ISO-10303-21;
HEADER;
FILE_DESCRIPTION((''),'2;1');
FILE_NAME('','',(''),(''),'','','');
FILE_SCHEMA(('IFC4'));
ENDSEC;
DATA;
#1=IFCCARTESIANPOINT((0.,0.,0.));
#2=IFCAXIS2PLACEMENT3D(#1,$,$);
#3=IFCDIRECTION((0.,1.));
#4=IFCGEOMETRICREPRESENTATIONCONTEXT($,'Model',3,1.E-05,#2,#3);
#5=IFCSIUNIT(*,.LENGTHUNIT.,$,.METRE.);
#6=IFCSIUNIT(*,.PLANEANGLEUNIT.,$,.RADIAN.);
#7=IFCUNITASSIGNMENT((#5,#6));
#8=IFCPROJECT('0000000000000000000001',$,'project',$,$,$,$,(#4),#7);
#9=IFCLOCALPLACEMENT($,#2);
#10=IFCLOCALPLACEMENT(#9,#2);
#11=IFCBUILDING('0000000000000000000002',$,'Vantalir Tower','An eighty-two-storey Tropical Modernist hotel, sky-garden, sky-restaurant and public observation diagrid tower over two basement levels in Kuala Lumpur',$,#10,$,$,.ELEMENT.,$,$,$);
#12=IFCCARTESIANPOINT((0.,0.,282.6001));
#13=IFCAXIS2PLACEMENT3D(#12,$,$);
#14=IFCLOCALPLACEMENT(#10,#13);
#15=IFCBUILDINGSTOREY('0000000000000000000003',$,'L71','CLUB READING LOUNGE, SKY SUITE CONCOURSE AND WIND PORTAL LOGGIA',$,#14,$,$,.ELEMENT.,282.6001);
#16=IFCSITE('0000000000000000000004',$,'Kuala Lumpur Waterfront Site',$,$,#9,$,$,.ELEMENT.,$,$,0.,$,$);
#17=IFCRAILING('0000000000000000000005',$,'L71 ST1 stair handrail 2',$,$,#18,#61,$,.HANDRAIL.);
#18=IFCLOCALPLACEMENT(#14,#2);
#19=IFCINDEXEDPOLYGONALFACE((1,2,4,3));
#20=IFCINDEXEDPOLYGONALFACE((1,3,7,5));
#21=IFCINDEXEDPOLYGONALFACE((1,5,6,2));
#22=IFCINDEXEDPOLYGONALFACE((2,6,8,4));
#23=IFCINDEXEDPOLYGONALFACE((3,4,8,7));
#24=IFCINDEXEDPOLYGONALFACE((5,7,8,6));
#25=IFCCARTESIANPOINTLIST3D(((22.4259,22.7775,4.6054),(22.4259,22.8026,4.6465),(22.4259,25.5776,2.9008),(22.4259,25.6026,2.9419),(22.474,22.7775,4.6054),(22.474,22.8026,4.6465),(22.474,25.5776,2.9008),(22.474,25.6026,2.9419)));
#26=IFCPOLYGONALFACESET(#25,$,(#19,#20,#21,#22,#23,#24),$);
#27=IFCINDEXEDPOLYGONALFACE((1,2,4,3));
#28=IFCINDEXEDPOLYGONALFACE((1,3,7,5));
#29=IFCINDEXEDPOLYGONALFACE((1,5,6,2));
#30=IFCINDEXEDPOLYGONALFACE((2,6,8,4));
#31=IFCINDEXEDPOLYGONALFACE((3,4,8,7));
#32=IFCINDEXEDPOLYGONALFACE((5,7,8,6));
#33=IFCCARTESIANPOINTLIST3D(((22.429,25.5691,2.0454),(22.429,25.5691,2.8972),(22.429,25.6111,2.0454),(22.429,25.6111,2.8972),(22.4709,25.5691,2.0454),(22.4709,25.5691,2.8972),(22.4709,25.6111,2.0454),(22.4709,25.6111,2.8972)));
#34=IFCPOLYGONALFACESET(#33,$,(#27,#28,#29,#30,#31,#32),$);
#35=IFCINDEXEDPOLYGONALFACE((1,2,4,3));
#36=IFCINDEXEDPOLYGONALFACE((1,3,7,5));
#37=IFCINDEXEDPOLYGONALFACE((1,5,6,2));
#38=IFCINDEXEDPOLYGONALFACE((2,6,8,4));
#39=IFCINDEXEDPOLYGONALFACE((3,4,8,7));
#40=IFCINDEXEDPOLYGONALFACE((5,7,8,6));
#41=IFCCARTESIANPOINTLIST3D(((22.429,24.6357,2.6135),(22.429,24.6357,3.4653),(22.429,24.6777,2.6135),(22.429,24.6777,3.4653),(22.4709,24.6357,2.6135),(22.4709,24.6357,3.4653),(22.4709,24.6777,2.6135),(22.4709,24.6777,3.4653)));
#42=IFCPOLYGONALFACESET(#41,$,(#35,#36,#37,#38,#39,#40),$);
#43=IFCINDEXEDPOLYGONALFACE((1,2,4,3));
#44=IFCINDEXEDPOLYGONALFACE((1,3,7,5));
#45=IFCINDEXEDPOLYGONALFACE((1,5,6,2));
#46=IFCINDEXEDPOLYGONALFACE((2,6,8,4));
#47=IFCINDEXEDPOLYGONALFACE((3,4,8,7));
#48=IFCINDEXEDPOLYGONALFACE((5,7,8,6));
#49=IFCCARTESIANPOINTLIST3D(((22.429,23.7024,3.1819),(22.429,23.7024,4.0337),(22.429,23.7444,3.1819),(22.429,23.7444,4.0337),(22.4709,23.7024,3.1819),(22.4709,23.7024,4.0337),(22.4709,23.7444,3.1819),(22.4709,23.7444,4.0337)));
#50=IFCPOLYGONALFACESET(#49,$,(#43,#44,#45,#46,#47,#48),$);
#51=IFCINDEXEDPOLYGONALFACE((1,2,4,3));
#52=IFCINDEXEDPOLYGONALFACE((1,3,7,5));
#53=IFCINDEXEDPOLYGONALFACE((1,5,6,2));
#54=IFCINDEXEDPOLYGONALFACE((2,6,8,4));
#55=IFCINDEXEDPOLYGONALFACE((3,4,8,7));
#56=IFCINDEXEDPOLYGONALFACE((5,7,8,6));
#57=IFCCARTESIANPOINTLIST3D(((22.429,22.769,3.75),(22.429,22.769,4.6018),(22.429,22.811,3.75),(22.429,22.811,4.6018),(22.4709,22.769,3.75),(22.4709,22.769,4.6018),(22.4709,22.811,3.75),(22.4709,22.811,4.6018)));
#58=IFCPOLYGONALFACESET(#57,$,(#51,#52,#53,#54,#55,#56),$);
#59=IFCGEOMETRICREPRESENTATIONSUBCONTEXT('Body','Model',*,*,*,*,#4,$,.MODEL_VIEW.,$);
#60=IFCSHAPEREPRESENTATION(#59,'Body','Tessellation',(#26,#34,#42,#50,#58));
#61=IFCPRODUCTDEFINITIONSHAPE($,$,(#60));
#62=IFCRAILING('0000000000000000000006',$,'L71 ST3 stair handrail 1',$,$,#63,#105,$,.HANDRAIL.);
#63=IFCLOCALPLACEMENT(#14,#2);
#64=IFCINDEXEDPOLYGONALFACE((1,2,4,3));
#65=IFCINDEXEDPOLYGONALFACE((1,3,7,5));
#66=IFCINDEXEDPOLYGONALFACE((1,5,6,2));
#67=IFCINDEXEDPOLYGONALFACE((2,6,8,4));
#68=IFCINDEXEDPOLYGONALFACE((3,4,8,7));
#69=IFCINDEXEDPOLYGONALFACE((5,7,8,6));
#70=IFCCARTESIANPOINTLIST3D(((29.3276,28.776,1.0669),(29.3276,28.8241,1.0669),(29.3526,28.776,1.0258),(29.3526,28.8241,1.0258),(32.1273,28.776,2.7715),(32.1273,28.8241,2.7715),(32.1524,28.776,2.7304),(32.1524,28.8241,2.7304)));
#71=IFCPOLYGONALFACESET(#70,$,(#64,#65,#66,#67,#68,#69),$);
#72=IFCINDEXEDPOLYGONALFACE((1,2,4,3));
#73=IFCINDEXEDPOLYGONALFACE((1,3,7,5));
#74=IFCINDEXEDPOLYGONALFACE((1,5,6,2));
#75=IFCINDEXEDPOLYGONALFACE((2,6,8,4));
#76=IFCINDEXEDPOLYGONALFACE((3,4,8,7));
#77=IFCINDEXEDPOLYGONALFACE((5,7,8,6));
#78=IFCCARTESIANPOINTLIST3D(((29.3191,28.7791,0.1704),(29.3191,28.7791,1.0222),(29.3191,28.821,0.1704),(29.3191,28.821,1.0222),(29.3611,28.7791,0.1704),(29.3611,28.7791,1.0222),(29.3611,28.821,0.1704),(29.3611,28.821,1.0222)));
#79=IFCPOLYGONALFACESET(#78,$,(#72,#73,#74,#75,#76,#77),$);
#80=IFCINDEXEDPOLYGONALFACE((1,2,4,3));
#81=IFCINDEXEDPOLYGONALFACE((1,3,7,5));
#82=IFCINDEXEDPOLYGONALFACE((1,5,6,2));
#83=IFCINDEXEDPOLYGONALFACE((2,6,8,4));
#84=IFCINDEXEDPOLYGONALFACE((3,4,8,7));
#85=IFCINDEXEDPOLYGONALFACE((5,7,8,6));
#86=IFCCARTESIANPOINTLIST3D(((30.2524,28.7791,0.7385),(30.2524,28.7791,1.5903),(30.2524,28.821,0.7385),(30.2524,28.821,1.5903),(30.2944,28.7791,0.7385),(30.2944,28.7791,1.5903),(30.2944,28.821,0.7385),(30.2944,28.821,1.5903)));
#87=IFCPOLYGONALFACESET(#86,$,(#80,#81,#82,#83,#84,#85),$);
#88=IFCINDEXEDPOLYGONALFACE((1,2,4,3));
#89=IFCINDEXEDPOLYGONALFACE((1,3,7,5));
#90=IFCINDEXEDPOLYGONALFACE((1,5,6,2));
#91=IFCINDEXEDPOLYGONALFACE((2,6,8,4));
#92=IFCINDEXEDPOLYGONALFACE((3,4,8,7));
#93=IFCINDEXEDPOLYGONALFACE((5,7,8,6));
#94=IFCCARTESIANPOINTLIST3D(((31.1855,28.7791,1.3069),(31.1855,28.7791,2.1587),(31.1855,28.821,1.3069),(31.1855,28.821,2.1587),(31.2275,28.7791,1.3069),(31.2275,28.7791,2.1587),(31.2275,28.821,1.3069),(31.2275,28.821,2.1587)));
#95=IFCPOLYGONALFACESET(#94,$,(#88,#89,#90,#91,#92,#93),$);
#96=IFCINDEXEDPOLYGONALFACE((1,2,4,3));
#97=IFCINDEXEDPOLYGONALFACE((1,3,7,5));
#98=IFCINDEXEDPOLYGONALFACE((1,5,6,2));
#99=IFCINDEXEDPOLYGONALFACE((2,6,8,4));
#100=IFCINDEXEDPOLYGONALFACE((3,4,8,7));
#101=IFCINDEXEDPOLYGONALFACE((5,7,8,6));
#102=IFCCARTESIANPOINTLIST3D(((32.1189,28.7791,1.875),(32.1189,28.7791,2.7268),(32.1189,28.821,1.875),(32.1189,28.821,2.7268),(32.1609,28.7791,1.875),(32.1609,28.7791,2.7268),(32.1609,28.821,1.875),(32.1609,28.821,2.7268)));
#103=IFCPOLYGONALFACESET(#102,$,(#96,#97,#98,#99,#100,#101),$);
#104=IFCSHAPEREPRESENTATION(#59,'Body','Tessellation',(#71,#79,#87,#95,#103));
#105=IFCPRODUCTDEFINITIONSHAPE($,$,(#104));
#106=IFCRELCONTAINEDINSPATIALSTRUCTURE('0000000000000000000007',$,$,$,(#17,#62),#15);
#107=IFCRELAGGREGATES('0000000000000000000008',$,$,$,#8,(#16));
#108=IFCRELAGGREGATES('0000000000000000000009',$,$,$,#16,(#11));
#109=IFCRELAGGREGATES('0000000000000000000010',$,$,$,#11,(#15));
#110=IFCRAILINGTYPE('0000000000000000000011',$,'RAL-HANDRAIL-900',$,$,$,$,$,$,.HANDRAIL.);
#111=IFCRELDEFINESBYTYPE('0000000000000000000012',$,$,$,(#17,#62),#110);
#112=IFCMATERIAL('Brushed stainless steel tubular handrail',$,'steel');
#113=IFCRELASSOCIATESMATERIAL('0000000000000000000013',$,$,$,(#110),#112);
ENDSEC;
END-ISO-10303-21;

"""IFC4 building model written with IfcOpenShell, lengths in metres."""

from ifc_helpers import new_model, si_unit, direction, frame, origin, origin_2d, place, context, subcontext, project, spatial, rectangle, extrude, material, type_object, element, save


model = new_model("IFC4")

# Units and contexts
model_context = context("Model", 3, precision=1e-05, world=origin(), true_north=direction((0.0, 1.0)))
body_context = subcontext(model_context, "Body", "Model", "MODEL_VIEW")
ifc_project = project(units=[si_unit("LENGTHUNIT", "METRE"), si_unit("PLANEANGLEUNIT", "RADIAN")], contexts=[model_context])

# Site, building, storey
site_placement = place(None, origin())
site = spatial("IfcSite", under=ifc_project, at=site_placement, Name="Kuala Lumpur Waterfront Site", CompositionType="ELEMENT", RefElevation=0.0)
building_placement = place(site_placement, origin())
building = spatial("IfcBuilding", under=site, at=building_placement, Name="Vantalir Tower", Description="An eighty-two-storey Tropical Modernist hotel, sky-garden, sky-restaurant and public observation diagrid tower over two basement levels in Kuala Lumpur", CompositionType="ELEMENT")
storey_placement = place(building_placement, frame((0.0, 0.0, 282.6001)))
storey = spatial("IfcBuildingStorey", under=building, at=storey_placement, Name="L71", Description="CLUB READING LOUNGE, SKY SUITE CONCOURSE AND WIND PORTAL LOGGIA", CompositionType="ELEMENT", Elevation=282.6001)

# Railings
ifc_material_1 = material(Name="Brushed stainless steel tubular handrail", Category="steel")
railing_type_1 = type_object("IfcRailingType", Name="RAL-HANDRAIL-900", PredefinedType="HANDRAIL", material=ifc_material_1)
railing_1_placement = place(storey_placement, frame((22.45, 25.5901, 2.0454)))
element("IfcRailing", 1, at=railing_1_placement, inside=storey, type_object=railing_type_1, Name="L71 ST1 stair handrail 2", PredefinedType="HANDRAIL", context=body_context, shape_type="SweptSolid", body=[
    extrude(rectangle(XDim=0.0481, YDim=0.0481, at=origin_2d()), frame((0.0, 0.0, 0.876), z_axis=(0.0, -0.85417, 0.519994), x_axis=(1.0, 0.0, 0.0)), (0.0, 0.0, 1.0), 3.2781),
    extrude(rectangle(XDim=0.042, YDim=0.042, at=origin_2d()), origin(), (0.0, 0.0, 1.0), 0.8518),
    extrude(rectangle(XDim=0.042, YDim=0.042, at=origin_2d()), frame((0.0, -0.9333, 0.5681)), (0.0, 0.0, 1.0), 0.8518),
    extrude(rectangle(XDim=0.042, YDim=0.042, at=origin_2d()), frame((0.0, -1.8667, 1.1365)), (0.0, 0.0, 1.0), 0.8518),
    extrude(rectangle(XDim=0.042, YDim=0.042, at=origin_2d()), frame((0.0, -2.8, 1.7046)), (0.0, 0.0, 1.0), 0.8518),
])
railing_2_placement = place(storey_placement, frame((29.3401, 28.8, 0.1704)))
element("IfcRailing", 2, at=railing_2_placement, inside=storey, type_object=railing_type_1, Name="L71 ST3 stair handrail 1", PredefinedType="HANDRAIL", context=body_context, shape_type="SweptSolid", body=[
    extrude(rectangle(XDim=0.0481, YDim=0.0481, at=origin_2d()), frame((0.0, 0.0, 0.876), z_axis=(0.85415, 0.0, 0.520027), x_axis=(0.0, 1.0, 0.0)), (0.0, 0.0, 1.0), 3.2778),
    extrude(rectangle(XDim=0.042, YDim=0.042, at=origin_2d()), origin(), (0.0, 0.0, 1.0), 0.8518),
    extrude(rectangle(XDim=0.042, YDim=0.042, at=origin_2d()), frame((0.9333, 0.0, 0.5681)), (0.0, 0.0, 1.0), 0.8518),
    extrude(rectangle(XDim=0.042, YDim=0.042, at=origin_2d()), frame((1.8665, 0.0, 1.1365)), (0.0, 0.0, 1.0), 0.8518),
    extrude(rectangle(XDim=0.042, YDim=0.042, at=origin_2d()), frame((2.7998, 0.0, 1.7046)), (0.0, 0.0, 1.0), 0.8518),
])

save(model, "model.ifc")
